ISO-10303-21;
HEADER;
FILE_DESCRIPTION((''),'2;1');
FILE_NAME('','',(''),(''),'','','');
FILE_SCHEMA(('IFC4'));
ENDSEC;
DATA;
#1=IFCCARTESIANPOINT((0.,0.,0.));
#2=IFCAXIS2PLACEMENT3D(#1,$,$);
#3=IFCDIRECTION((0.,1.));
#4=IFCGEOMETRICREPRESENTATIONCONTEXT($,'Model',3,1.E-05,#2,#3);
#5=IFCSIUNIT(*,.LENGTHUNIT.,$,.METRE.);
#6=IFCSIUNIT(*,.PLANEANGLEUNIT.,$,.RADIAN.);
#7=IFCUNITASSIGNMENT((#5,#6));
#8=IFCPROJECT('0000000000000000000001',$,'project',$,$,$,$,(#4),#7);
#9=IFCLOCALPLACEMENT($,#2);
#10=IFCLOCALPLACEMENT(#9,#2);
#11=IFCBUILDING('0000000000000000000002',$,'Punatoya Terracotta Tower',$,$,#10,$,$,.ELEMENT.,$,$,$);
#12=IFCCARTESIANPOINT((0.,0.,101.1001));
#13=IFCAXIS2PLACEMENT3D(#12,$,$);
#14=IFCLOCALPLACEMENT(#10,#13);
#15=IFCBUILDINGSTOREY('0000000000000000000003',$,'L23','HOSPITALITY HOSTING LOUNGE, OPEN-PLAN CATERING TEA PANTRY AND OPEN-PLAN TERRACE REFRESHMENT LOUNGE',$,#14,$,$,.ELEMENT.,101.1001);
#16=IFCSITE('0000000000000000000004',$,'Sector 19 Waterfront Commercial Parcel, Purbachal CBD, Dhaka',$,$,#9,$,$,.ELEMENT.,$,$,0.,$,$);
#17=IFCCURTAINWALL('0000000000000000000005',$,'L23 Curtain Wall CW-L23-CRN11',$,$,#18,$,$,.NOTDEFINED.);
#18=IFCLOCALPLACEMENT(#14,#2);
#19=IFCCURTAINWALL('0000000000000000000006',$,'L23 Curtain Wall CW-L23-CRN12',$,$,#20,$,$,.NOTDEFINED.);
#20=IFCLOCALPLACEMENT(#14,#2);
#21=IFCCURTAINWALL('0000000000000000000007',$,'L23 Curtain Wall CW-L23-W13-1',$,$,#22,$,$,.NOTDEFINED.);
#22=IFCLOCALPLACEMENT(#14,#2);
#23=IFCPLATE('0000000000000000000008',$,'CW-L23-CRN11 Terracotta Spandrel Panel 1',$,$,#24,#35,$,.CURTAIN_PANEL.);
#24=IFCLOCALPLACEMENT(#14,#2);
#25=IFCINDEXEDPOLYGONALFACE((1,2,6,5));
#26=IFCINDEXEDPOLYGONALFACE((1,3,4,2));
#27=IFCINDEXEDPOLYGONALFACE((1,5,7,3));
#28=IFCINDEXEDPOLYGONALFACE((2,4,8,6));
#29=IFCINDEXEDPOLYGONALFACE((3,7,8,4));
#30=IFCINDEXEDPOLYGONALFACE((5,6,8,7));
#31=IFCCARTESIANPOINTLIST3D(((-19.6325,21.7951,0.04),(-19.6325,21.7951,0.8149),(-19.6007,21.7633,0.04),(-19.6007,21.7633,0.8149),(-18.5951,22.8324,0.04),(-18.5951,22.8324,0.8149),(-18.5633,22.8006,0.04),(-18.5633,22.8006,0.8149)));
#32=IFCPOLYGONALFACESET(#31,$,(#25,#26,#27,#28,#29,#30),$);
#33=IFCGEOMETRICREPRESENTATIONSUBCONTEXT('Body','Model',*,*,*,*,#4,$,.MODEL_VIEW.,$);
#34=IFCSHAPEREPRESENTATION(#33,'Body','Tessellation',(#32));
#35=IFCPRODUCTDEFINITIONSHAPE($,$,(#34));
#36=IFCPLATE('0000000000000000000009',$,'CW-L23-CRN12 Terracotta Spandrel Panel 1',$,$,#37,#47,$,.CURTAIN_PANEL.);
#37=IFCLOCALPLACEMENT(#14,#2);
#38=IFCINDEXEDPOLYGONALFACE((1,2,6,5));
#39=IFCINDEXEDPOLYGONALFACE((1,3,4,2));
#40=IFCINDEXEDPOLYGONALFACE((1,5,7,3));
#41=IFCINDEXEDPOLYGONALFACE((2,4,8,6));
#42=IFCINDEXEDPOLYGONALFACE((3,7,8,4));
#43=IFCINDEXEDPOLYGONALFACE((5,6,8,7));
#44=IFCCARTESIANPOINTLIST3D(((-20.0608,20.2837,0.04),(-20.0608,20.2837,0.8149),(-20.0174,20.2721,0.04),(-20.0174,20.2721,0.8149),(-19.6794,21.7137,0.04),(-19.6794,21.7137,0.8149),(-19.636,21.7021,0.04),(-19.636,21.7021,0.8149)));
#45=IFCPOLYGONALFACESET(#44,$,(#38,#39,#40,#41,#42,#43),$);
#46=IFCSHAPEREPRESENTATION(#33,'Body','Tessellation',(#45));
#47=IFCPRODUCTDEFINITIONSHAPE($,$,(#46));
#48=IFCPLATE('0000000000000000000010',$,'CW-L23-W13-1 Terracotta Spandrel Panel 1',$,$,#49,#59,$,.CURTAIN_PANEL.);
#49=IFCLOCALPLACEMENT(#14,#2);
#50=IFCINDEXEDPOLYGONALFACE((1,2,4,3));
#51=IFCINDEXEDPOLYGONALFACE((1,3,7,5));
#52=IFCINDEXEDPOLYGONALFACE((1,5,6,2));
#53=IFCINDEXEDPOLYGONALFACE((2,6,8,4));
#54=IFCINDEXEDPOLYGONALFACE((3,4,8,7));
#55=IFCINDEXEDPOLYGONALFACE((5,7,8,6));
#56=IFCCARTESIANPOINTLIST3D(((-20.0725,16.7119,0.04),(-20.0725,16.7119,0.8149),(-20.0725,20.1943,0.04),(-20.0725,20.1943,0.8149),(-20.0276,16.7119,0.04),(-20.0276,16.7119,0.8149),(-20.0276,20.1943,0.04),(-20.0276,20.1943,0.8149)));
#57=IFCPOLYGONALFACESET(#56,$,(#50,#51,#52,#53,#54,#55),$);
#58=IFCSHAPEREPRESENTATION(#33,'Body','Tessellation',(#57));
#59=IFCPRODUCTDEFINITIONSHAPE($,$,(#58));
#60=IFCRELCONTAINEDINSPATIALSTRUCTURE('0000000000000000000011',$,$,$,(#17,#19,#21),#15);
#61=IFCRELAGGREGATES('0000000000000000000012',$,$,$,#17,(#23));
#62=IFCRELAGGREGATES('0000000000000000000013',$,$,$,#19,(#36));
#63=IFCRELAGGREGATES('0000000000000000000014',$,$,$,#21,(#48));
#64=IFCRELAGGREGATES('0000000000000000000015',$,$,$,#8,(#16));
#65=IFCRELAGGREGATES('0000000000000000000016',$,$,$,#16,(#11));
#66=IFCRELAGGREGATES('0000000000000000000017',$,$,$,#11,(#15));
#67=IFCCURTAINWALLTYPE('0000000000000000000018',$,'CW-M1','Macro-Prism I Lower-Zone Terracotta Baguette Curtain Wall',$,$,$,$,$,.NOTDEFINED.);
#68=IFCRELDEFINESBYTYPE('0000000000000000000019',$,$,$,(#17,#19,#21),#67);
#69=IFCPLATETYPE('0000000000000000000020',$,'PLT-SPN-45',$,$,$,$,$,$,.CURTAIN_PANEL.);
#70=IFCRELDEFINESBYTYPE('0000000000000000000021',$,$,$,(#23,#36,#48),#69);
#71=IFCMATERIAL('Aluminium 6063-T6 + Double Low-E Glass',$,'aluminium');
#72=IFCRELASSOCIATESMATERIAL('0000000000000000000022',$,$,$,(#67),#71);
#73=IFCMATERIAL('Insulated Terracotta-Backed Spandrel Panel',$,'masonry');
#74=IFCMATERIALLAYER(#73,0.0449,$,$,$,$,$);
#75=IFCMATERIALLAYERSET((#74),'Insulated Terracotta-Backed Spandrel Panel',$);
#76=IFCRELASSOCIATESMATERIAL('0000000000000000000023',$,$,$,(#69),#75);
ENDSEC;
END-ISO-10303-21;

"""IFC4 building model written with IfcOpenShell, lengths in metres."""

from ifc_helpers import new_model, si_unit, direction, frame, origin, origin_2d, place, context, subcontext, project, spatial, rectangle, extrude, material, layer, layer_set, type_object, element, aggregate, save


model = new_model("IFC4")

# Units and contexts
model_context = context("Model", 3, precision=1e-05, world=origin(), true_north=direction((0.0, 1.0)))
body_context = subcontext(model_context, "Body", "Model", "MODEL_VIEW")
ifc_project = project(units=[si_unit("LENGTHUNIT", "METRE"), si_unit("PLANEANGLEUNIT", "RADIAN")], contexts=[model_context])

# Site, building, storey
site_placement = place(None, origin())
site = spatial("IfcSite", under=ifc_project, at=site_placement, Name="Sector 19 Waterfront Commercial Parcel, Purbachal CBD, Dhaka", CompositionType="ELEMENT", RefElevation=0.0)
building_placement = place(site_placement, origin())
building = spatial("IfcBuilding", under=site, at=building_placement, Name="Punatoya Terracotta Tower", CompositionType="ELEMENT")
storey_placement = place(building_placement, frame((0.0, 0.0, 101.1001)))
storey = spatial("IfcBuildingStorey", under=building, at=storey_placement, Name="L23", Description="HOSPITALITY HOSTING LOUNGE, OPEN-PLAN CATERING TEA PANTRY AND OPEN-PLAN TERRACE REFRESHMENT LOUNGE", CompositionType="ELEMENT", Elevation=101.1001)

# Shared definitions
ifc_material_1 = material(Name="Aluminium 6063-T6 + Double Low-E Glass", Category="aluminium")
curtain_wall_type = type_object("IfcCurtainWallType", Name="CW-M1", Description="Macro-Prism I Lower-Zone Terracotta Baguette Curtain Wall", PredefinedType="NOTDEFINED", material=ifc_material_1)

# Curtain walls
curtain_wall_1_placement = place(storey_placement, origin())
curtain_wall_1 = element("IfcCurtainWall", 1, at=curtain_wall_1_placement, inside=storey, type_object=curtain_wall_type, Name="L23 Curtain Wall CW-L23-CRN11", PredefinedType="NOTDEFINED")
curtain_wall_2_placement = place(storey_placement, origin())
curtain_wall_2 = element("IfcCurtainWall", 2, at=curtain_wall_2_placement, inside=storey, type_object=curtain_wall_type, Name="L23 Curtain Wall CW-L23-CRN12", PredefinedType="NOTDEFINED")
curtain_wall_3_placement = place(storey_placement, origin())
curtain_wall_3 = element("IfcCurtainWall", 3, at=curtain_wall_3_placement, inside=storey, type_object=curtain_wall_type, Name="L23 Curtain Wall CW-L23-W13-1", PredefinedType="NOTDEFINED")

# Plates
ifc_material_2 = material(Name="Insulated Terracotta-Backed Spandrel Panel", Category="masonry")
ifc_layer_1 = layer(ifc_material_2, 0.0449)
ifc_layer_set_1 = layer_set([ifc_layer_1], Name="Insulated Terracotta-Backed Spandrel Panel")
plate_type_1 = type_object("IfcPlateType", Name="PLT-SPN-45", PredefinedType="CURTAIN_PANEL", material=ifc_layer_set_1)
plate_1_placement = place(storey_placement, frame((-19.0979, 22.2979, 0.04), z_axis=(0.0, 0.0, 1.0), x_axis=(-0.707107, -0.707107, 0.0)))
plate_1 = element("IfcPlate", 4, at=plate_1_placement, type_object=plate_type_1, Name="CW-L23-CRN11 Terracotta Spandrel Panel 1", PredefinedType="CURTAIN_PANEL", context=body_context, shape_type="SweptSolid", body=[
    extrude(rectangle(XDim=1.467, YDim=0.0449, at=origin_2d()), origin(), (0.0, 0.0, 1.0), 0.7749),
])
aggregate(curtain_wall_1, [plate_1])
plate_2_placement = place(storey_placement, frame((-19.8484, 20.9929, 0.04), z_axis=(0.0, 0.0, 1.0), x_axis=(-0.257742, -0.966214, 0.0)))
plate_2 = element("IfcPlate", 5, at=plate_2_placement, type_object=plate_type_1, Name="CW-L23-CRN12 Terracotta Spandrel Panel 1", PredefinedType="CURTAIN_PANEL", context=body_context, shape_type="SweptSolid", body=[
    extrude(rectangle(XDim=1.48, YDim=0.0449, at=origin_2d()), origin(), (0.0, 0.0, 1.0), 0.7749),
])
aggregate(curtain_wall_2, [plate_2])
plate_3_placement = place(storey_placement, frame((-20.05, 18.4531, 0.04), z_axis=(0.0, 0.0, 1.0), x_axis=(0.0, -1.0, 0.0)))
plate_3 = element("IfcPlate", 6, at=plate_3_placement, type_object=plate_type_1, Name="CW-L23-W13-1 Terracotta Spandrel Panel 1", PredefinedType="CURTAIN_PANEL", context=body_context, shape_type="SweptSolid", body=[
    extrude(rectangle(XDim=3.4824, YDim=0.0449, at=origin_2d()), origin(), (0.0, 0.0, 1.0), 0.7749),
])
aggregate(curtain_wall_3, [plate_3])

save(model, "model.ifc")
